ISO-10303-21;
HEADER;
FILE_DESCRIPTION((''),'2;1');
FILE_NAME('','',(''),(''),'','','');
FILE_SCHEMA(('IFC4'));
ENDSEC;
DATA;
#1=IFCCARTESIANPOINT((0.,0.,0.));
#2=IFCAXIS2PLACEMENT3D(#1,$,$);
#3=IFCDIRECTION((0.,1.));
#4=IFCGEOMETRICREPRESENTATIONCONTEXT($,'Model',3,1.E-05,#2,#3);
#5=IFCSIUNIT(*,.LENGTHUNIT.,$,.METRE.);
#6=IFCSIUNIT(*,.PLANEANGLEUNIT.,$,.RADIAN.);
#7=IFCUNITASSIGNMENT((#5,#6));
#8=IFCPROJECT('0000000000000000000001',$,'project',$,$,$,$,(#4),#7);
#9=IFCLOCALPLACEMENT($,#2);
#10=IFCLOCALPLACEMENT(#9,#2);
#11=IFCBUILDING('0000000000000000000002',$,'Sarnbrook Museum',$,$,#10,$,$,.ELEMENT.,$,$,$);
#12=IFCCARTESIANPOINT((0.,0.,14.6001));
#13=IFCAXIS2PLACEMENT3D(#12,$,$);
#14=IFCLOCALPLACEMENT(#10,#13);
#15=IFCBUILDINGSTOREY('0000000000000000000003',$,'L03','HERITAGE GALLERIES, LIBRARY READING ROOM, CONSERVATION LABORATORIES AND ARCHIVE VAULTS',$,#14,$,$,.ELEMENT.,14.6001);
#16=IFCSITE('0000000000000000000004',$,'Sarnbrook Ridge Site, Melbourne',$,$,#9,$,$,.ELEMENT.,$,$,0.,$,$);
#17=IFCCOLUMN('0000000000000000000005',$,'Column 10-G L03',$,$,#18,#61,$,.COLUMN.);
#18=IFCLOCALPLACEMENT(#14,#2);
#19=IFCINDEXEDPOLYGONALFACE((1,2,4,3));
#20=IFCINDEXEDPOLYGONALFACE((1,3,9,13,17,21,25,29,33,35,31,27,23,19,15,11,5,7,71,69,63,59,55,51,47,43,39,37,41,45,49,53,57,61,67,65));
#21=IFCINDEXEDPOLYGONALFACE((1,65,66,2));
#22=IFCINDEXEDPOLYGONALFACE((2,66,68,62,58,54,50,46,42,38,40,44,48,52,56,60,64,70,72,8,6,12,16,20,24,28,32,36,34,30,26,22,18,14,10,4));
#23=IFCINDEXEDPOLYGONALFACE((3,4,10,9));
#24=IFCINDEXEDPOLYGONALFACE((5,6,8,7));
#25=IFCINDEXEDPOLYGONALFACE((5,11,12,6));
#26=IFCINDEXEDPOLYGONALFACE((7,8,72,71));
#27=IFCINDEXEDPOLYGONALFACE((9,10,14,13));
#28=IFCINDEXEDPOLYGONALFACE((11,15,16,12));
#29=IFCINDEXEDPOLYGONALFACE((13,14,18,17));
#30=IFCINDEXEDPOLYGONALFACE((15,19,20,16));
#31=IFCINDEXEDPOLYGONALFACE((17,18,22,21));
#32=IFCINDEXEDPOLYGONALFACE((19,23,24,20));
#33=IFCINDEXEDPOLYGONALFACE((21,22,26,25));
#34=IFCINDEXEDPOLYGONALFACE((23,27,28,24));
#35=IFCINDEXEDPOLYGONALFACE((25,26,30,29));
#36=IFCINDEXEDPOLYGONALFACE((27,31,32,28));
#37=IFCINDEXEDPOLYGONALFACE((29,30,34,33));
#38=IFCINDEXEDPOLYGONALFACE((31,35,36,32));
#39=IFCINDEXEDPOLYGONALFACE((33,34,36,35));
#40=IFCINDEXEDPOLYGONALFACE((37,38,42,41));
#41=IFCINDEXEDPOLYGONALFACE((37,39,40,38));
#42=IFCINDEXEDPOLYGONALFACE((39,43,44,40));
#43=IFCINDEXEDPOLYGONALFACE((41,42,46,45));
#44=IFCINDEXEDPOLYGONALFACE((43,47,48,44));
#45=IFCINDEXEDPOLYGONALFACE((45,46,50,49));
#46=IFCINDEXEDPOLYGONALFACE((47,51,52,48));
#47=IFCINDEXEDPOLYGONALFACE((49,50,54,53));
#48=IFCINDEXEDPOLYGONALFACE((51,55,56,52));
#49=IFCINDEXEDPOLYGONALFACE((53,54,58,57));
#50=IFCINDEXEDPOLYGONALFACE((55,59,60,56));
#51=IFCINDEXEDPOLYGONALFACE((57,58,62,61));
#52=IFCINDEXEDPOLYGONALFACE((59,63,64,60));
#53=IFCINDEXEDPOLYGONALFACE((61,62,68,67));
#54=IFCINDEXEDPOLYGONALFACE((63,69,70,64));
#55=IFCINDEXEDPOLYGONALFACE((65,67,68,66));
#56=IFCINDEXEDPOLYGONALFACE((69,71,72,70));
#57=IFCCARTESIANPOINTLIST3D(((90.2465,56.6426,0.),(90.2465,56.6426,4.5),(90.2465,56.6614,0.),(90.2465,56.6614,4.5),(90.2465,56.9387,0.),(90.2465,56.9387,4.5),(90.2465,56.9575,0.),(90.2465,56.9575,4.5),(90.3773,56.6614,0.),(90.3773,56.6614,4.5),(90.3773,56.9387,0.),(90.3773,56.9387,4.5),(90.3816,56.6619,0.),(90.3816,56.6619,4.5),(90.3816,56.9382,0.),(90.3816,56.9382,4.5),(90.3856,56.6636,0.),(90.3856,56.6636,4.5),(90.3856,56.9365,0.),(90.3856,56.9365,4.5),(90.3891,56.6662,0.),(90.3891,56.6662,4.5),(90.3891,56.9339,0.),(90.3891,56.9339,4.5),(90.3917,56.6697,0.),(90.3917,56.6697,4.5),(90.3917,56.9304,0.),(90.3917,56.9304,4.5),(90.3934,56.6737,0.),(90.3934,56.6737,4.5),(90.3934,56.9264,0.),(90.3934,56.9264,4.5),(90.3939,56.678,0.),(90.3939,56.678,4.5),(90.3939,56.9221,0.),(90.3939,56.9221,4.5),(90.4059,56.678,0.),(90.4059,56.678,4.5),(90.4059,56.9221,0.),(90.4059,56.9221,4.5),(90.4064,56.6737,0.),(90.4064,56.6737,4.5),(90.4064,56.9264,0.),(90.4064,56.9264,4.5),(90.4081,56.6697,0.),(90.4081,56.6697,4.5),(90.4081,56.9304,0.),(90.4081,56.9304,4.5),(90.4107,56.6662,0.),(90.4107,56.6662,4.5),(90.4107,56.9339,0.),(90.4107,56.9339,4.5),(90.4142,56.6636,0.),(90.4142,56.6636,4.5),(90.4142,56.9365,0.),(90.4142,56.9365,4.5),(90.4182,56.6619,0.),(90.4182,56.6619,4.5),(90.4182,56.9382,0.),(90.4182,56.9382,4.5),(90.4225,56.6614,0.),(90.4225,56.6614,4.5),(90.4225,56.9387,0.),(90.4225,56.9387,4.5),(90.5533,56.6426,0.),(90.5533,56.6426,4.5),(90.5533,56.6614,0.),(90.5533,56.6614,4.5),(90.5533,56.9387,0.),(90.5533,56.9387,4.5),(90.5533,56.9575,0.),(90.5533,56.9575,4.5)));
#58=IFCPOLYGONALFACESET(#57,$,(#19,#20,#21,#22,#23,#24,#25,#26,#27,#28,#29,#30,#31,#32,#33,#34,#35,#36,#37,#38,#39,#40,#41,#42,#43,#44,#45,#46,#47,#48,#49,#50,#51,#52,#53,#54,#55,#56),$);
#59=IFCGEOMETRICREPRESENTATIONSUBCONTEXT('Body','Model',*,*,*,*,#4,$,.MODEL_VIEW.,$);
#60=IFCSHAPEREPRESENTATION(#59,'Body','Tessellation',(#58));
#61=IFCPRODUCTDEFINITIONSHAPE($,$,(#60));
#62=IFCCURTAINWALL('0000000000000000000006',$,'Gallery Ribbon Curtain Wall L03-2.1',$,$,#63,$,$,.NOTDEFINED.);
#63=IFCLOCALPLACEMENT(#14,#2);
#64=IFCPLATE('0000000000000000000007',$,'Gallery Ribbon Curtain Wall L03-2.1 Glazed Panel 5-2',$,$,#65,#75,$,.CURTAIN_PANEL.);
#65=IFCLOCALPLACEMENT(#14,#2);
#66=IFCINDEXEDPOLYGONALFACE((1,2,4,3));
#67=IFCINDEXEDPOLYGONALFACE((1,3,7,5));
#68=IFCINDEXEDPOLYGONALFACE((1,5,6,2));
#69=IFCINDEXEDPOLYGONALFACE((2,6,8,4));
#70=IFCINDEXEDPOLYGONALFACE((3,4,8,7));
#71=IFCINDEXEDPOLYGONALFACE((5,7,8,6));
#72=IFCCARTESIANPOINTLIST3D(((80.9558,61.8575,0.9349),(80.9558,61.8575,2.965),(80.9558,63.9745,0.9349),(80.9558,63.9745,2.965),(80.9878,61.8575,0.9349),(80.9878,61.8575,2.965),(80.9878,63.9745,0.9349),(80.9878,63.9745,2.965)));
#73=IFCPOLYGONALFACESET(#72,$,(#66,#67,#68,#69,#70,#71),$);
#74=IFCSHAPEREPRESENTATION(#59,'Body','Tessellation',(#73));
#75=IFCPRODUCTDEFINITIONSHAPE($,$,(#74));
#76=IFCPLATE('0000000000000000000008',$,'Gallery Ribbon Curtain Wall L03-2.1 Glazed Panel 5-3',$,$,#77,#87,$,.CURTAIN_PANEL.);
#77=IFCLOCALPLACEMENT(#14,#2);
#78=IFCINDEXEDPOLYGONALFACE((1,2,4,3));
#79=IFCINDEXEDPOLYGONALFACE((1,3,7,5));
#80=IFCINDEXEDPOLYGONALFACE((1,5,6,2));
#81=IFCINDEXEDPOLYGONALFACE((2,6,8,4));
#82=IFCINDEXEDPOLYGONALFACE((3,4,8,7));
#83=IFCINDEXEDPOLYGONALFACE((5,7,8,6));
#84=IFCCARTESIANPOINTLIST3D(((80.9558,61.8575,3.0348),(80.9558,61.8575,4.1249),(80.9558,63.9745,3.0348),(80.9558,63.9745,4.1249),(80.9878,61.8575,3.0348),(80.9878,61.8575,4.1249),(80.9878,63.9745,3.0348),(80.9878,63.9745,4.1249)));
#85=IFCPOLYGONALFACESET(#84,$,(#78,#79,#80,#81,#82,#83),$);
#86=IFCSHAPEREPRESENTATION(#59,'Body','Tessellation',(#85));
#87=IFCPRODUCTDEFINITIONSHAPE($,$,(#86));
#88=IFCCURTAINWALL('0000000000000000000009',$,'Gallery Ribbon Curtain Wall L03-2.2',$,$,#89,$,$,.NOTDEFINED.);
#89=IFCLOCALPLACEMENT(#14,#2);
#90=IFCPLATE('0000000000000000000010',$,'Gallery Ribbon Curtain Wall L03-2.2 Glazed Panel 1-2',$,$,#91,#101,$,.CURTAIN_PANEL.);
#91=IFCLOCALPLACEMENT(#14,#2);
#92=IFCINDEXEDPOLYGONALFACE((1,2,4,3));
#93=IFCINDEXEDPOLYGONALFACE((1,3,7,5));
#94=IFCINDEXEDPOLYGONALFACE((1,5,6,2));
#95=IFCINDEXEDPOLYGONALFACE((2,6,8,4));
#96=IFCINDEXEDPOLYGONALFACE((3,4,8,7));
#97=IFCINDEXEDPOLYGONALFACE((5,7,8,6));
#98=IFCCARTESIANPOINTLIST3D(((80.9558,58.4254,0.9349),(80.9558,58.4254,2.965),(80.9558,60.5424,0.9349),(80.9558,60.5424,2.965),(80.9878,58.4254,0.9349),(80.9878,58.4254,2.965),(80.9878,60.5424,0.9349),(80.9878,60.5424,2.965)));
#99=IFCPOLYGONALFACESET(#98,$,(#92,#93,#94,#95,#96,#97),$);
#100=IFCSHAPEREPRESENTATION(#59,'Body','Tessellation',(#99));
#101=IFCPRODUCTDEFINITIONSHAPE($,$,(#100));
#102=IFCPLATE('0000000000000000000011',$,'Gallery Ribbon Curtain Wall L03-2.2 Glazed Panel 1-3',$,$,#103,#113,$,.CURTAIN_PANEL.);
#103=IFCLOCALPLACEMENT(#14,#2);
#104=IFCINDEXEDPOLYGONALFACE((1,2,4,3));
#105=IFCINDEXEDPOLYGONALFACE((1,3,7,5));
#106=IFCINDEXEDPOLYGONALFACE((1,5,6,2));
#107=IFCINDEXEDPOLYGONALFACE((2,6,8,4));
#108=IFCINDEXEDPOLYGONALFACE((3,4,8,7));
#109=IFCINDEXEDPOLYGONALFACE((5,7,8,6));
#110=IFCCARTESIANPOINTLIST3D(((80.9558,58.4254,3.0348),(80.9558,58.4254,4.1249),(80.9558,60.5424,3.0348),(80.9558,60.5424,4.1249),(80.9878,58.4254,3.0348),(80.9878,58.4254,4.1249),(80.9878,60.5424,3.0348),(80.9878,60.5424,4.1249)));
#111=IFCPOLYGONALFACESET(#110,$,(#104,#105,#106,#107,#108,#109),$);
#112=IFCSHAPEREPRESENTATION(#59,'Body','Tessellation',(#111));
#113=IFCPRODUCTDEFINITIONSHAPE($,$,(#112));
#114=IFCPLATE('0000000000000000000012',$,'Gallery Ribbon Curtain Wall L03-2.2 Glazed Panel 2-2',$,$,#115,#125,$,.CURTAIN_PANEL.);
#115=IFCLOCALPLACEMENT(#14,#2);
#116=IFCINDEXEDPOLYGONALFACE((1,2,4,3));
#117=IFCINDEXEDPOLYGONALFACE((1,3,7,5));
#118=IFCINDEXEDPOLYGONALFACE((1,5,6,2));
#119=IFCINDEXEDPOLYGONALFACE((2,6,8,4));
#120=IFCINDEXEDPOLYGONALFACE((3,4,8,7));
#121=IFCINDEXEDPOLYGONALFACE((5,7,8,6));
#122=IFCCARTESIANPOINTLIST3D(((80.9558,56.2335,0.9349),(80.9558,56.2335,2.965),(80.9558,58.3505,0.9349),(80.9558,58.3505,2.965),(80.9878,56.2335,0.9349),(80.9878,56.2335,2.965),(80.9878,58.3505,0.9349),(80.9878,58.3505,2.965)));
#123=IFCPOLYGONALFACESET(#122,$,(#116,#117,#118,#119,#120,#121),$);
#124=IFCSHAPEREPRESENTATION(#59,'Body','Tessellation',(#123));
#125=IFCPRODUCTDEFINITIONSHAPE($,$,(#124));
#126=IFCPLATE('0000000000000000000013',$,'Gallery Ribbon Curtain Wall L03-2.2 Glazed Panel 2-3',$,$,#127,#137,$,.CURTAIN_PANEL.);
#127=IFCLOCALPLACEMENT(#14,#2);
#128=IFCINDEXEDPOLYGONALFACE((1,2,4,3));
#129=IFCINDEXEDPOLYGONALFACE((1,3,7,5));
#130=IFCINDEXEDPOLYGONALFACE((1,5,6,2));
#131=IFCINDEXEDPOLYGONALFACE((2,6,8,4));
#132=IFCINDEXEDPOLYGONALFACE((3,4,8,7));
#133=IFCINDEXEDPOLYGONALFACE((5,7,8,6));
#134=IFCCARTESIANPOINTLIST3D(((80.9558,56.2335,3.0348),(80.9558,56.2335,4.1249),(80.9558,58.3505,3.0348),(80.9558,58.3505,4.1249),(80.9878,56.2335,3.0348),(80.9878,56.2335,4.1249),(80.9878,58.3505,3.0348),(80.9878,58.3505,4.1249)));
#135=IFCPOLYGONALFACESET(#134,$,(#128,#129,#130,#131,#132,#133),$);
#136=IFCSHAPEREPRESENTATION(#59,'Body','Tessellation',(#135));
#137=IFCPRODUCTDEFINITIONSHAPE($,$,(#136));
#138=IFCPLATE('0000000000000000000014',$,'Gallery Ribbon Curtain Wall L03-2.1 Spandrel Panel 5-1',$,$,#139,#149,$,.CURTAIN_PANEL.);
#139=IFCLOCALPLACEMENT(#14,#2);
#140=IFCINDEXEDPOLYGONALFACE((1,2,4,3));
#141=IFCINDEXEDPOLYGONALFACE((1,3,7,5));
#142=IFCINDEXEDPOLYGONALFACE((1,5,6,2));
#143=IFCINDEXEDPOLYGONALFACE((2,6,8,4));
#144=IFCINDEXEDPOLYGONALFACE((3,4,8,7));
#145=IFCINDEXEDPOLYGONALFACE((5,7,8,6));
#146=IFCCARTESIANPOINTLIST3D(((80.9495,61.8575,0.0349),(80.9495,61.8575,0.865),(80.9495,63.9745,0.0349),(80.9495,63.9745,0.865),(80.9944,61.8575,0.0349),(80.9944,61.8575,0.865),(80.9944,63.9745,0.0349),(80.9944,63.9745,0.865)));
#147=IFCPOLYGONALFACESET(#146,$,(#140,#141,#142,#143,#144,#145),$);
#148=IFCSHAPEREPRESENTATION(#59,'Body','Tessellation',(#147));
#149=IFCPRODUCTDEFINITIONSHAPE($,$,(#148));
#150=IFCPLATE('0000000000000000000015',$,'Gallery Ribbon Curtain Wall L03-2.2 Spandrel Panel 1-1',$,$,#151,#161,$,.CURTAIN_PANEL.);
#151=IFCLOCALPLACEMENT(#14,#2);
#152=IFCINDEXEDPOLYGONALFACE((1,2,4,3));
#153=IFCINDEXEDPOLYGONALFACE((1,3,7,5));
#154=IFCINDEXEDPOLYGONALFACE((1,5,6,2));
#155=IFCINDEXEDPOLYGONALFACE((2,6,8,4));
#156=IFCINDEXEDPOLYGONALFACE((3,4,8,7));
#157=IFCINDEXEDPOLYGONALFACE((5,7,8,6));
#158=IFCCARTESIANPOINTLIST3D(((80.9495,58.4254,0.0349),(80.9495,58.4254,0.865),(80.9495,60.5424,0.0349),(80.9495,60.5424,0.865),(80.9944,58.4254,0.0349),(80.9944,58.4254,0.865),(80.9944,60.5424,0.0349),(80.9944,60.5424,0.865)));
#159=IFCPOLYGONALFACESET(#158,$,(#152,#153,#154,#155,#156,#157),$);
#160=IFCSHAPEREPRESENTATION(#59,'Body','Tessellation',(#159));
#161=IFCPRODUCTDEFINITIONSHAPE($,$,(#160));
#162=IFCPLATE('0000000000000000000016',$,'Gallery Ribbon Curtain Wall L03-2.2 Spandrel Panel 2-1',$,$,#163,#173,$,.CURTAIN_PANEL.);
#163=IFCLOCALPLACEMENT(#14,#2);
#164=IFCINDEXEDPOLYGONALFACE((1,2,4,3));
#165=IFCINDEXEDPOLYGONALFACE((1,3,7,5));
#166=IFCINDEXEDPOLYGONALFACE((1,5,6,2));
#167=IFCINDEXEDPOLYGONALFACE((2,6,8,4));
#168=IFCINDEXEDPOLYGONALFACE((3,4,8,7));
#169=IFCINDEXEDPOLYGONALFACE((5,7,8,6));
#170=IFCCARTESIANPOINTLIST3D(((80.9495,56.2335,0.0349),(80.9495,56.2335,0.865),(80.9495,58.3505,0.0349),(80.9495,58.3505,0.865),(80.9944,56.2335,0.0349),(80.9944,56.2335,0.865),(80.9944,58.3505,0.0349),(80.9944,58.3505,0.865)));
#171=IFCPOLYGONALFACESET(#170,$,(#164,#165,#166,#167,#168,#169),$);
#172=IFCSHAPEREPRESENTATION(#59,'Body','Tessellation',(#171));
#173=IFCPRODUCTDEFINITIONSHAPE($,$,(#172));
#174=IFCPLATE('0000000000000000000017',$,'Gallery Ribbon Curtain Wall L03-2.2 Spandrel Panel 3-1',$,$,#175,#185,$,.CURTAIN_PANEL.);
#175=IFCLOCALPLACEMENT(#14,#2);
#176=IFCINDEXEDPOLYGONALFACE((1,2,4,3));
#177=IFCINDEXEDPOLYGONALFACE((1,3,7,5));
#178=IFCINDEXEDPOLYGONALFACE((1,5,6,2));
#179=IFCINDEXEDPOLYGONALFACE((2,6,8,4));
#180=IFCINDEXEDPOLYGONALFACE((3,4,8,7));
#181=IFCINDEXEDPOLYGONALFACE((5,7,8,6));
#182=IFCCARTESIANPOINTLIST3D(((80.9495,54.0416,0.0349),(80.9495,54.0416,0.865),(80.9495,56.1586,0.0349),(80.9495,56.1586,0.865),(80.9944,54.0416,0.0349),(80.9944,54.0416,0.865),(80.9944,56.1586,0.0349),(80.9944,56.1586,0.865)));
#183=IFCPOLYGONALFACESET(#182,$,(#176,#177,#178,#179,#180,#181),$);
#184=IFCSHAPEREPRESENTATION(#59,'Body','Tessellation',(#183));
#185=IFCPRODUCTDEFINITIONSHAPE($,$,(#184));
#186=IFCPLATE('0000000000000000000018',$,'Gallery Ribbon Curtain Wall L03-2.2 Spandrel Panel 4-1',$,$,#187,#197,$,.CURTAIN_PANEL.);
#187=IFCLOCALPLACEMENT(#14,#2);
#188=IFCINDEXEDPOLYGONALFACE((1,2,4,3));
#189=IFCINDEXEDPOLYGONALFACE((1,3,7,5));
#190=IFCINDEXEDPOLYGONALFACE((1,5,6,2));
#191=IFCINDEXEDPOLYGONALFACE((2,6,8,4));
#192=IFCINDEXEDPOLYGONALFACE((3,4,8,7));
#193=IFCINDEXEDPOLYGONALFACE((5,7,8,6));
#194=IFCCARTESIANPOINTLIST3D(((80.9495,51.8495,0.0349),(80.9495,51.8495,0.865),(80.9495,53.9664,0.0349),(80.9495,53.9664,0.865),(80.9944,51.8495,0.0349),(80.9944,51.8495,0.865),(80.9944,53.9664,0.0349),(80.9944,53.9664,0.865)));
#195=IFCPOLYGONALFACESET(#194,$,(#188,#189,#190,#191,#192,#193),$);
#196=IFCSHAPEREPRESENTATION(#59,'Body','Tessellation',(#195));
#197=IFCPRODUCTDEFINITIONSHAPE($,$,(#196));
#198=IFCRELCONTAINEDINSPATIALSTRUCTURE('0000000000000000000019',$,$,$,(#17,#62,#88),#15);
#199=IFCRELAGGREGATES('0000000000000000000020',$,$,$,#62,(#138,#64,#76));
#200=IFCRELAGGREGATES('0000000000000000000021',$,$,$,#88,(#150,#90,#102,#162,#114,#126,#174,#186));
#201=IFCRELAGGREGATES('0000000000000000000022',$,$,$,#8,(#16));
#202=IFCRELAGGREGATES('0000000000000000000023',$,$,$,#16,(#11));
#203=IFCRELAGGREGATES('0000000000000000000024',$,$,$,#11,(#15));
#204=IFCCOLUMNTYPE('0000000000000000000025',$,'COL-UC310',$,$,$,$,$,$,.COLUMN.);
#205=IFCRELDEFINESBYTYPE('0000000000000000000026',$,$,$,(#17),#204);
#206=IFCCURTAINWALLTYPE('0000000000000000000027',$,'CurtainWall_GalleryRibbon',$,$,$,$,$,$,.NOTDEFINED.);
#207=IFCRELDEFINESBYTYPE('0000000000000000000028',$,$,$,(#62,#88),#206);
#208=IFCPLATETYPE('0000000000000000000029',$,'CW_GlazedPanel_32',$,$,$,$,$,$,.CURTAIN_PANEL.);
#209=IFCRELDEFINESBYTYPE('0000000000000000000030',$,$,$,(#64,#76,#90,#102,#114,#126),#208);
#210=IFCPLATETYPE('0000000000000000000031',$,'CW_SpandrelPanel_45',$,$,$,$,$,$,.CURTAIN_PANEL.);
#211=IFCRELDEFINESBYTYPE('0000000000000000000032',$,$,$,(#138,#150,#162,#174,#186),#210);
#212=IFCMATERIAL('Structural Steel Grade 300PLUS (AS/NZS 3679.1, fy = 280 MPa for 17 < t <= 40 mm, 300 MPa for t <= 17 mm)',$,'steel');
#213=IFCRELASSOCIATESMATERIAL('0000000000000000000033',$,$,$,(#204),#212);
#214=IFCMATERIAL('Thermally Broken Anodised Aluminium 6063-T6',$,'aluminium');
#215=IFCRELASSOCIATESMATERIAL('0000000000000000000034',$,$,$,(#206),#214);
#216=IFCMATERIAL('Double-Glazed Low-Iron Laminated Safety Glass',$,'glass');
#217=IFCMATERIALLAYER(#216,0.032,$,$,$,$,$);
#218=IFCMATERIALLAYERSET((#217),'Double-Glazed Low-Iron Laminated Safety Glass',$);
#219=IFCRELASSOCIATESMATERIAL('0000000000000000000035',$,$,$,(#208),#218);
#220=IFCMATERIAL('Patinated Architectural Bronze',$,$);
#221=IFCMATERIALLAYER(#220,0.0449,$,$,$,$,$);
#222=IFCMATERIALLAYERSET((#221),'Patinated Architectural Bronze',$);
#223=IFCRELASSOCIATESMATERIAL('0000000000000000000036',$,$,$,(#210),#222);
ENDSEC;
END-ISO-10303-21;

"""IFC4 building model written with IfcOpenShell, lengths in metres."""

from ifc_helpers import new_model, si_unit, direction, frame, origin, origin_2d, place, context, subcontext, project, spatial, rectangle, i_section, extrude, material, layer, layer_set, material_profile, profile_set, type_object, element, aggregate, save


model = new_model("IFC4")

# Units and contexts
model_context = context("Model", 3, precision=1e-05, world=origin(), true_north=direction((0.0, 1.0)))
body_context = subcontext(model_context, "Body", "Model", "MODEL_VIEW")
ifc_project = project(units=[si_unit("LENGTHUNIT", "METRE"), si_unit("PLANEANGLEUNIT", "RADIAN")], contexts=[model_context])

# Site, building, storey
site_placement = place(None, origin())
site = spatial("IfcSite", under=ifc_project, at=site_placement, Name="Sarnbrook Ridge Site, Melbourne", CompositionType="ELEMENT", RefElevation=0.0)
building_placement = place(site_placement, origin())
building = spatial("IfcBuilding", under=site, at=building_placement, Name="Sarnbrook Museum", CompositionType="ELEMENT")
storey_placement = place(building_placement, frame((0.0, 0.0, 14.6001)))
storey = spatial("IfcBuildingStorey", under=building, at=storey_placement, Name="L03", Description="HERITAGE GALLERIES, LIBRARY READING ROOM, CONSERVATION LABORATORIES AND ARCHIVE VAULTS", CompositionType="ELEMENT", Elevation=14.6001)

# Column
ifc_material_1 = material(Name="Structural Steel Grade 300PLUS (AS/NZS 3679.1, fy = 280 MPa for 17 < t <= 40 mm, 300 MPa for t <= 17 mm)", Category="steel")
ifc_material_profile = material_profile(ifc_material_1, i_section(OverallWidth=0.3069, OverallDepth=0.3149, WebThickness=0.012, FlangeThickness=0.0188, FilletRadius=0.0166, at=origin_2d()), Name="310UC118")
ifc_profile_set = profile_set([ifc_material_profile], Name="Structural Steel Grade 300PLUS (AS/NZS 3679.1, fy = 280 MPa for 17 < t <= 40 mm, 300 MPa for t <= 17 mm)")
column_type = type_object("IfcColumnType", Name="COL-UC310", PredefinedType="COLUMN", material=ifc_profile_set)
column_placement = place(storey_placement, frame((90.3999, 56.8, 0.0), z_axis=(0.0, 0.0, 1.0), x_axis=(1.0, 0.0, 0.0)))
element("IfcColumn", 1, at=column_placement, inside=storey, type_object=column_type, Name="Column 10-G L03", PredefinedType="COLUMN", context=body_context, shape_type="SweptSolid", body=[
    extrude(i_section(OverallWidth=0.3069, OverallDepth=0.3149, WebThickness=0.012, FlangeThickness=0.0188, FilletRadius=0.0166, at=origin_2d()), origin(), (0.0, 0.0, 1.0), 4.5),
])

# Curtain walls, plates
ifc_material_2 = material(Name="Thermally Broken Anodised Aluminium 6063-T6", Category="aluminium")
curtain_wall_type = type_object("IfcCurtainWallType", Name="CurtainWall_GalleryRibbon", PredefinedType="NOTDEFINED", material=ifc_material_2)
curtain_wall_1_placement = place(storey_placement, origin())
curtain_wall_1 = element("IfcCurtainWall", 2, at=curtain_wall_1_placement, inside=storey, type_object=curtain_wall_type, Name="Gallery Ribbon Curtain Wall L03-2.1", PredefinedType="NOTDEFINED")
ifc_material_3 = material(Name="Double-Glazed Low-Iron Laminated Safety Glass", Category="glass")
ifc_layer_1 = layer(ifc_material_3, 0.032)
ifc_layer_set_1 = layer_set([ifc_layer_1], Name="Double-Glazed Low-Iron Laminated Safety Glass")
plate_type_1 = type_object("IfcPlateType", Name="CW_GlazedPanel_32", PredefinedType="CURTAIN_PANEL", material=ifc_layer_set_1)
plate_1_placement = place(storey_placement, frame((80.9878, 62.916, 1.95), z_axis=(-1.0, 0.0, 0.0), x_axis=(0.0, -1.0, 0.0)))
plate_1 = element("IfcPlate", 3, at=plate_1_placement, type_object=plate_type_1, Name="Gallery Ribbon Curtain Wall L03-2.1 Glazed Panel 5-2", PredefinedType="CURTAIN_PANEL", context=body_context, shape_type="SweptSolid", body=[
    extrude(rectangle(XDim=2.1169, YDim=2.03, at=origin_2d()), origin(), (0.0, 0.0, 1.0), 0.032),
])
plate_2_placement = place(storey_placement, frame((80.9878, 62.916, 3.5798), z_axis=(-1.0, 0.0, 0.0), x_axis=(0.0, -1.0, 0.0)))
plate_2 = element("IfcPlate", 4, at=plate_2_placement, type_object=plate_type_1, Name="Gallery Ribbon Curtain Wall L03-2.1 Glazed Panel 5-3", PredefinedType="CURTAIN_PANEL", context=body_context, shape_type="SweptSolid", body=[
    extrude(rectangle(XDim=2.1169, YDim=1.0901, at=origin_2d()), origin(), (0.0, 0.0, 1.0), 0.032),
])
curtain_wall_2_placement = place(storey_placement, origin())
curtain_wall_2 = element("IfcCurtainWall", 5, at=curtain_wall_2_placement, inside=storey, type_object=curtain_wall_type, Name="Gallery Ribbon Curtain Wall L03-2.2", PredefinedType="NOTDEFINED")
plate_3_placement = place(storey_placement, frame((80.9878, 59.4839, 1.95), z_axis=(-1.0, 0.0, 0.0), x_axis=(0.0, -1.0, 0.0)))
plate_3 = element("IfcPlate", 6, at=plate_3_placement, type_object=plate_type_1, Name="Gallery Ribbon Curtain Wall L03-2.2 Glazed Panel 1-2", PredefinedType="CURTAIN_PANEL", context=body_context, shape_type="SweptSolid", body=[
    extrude(rectangle(XDim=2.1169, YDim=2.03, at=origin_2d()), origin(), (0.0, 0.0, 1.0), 0.032),
])
plate_4_placement = place(storey_placement, frame((80.9878, 59.4839, 3.5798), z_axis=(-1.0, 0.0, 0.0), x_axis=(0.0, -1.0, 0.0)))
plate_4 = element("IfcPlate", 7, at=plate_4_placement, type_object=plate_type_1, Name="Gallery Ribbon Curtain Wall L03-2.2 Glazed Panel 1-3", PredefinedType="CURTAIN_PANEL", context=body_context, shape_type="SweptSolid", body=[
    extrude(rectangle(XDim=2.1169, YDim=1.0901, at=origin_2d()), origin(), (0.0, 0.0, 1.0), 0.032),
])
plate_5_placement = place(storey_placement, frame((80.9878, 57.292, 1.95), z_axis=(-1.0, 0.0, 0.0), x_axis=(0.0, -1.0, 0.0)))
plate_5 = element("IfcPlate", 8, at=plate_5_placement, type_object=plate_type_1, Name="Gallery Ribbon Curtain Wall L03-2.2 Glazed Panel 2-2", PredefinedType="CURTAIN_PANEL", context=body_context, shape_type="SweptSolid", body=[
    extrude(rectangle(XDim=2.1169, YDim=2.03, at=origin_2d()), origin(), (0.0, 0.0, 1.0), 0.032),
])
plate_6_placement = place(storey_placement, frame((80.9878, 57.292, 3.5798), z_axis=(-1.0, 0.0, 0.0), x_axis=(0.0, -1.0, 0.0)))
plate_6 = element("IfcPlate", 9, at=plate_6_placement, type_object=plate_type_1, Name="Gallery Ribbon Curtain Wall L03-2.2 Glazed Panel 2-3", PredefinedType="CURTAIN_PANEL", context=body_context, shape_type="SweptSolid", body=[
    extrude(rectangle(XDim=2.1169, YDim=1.0901, at=origin_2d()), origin(), (0.0, 0.0, 1.0), 0.032),
])

# Plates
ifc_material_4 = material(Name="Patinated Architectural Bronze")
ifc_layer_2 = layer(ifc_material_4, 0.0449)
ifc_layer_set_2 = layer_set([ifc_layer_2], Name="Patinated Architectural Bronze")
plate_type_2 = type_object("IfcPlateType", Name="CW_SpandrelPanel_45", PredefinedType="CURTAIN_PANEL", material=ifc_layer_set_2)
plate_7_placement = place(storey_placement, frame((80.9944, 62.916, 0.45), z_axis=(-1.0, 0.0, 0.0), x_axis=(0.0, -1.0, 0.0)))
plate_7 = element("IfcPlate", 10, at=plate_7_placement, type_object=plate_type_2, Name="Gallery Ribbon Curtain Wall L03-2.1 Spandrel Panel 5-1", PredefinedType="CURTAIN_PANEL", context=body_context, shape_type="SweptSolid", body=[
    extrude(rectangle(XDim=2.1169, YDim=0.8301, at=origin_2d()), origin(), (0.0, 0.0, 1.0), 0.0449),
])
aggregate(curtain_wall_1, [plate_7, plate_1, plate_2])
plate_8_placement = place(storey_placement, frame((80.9944, 59.4839, 0.45), z_axis=(-1.0, 0.0, 0.0), x_axis=(0.0, -1.0, 0.0)))
plate_8 = element("IfcPlate", 11, at=plate_8_placement, type_object=plate_type_2, Name="Gallery Ribbon Curtain Wall L03-2.2 Spandrel Panel 1-1", PredefinedType="CURTAIN_PANEL", context=body_context, shape_type="SweptSolid", body=[
    extrude(rectangle(XDim=2.1169, YDim=0.8301, at=origin_2d()), origin(), (0.0, 0.0, 1.0), 0.0449),
])
plate_9_placement = place(storey_placement, frame((80.9944, 57.292, 0.45), z_axis=(-1.0, 0.0, 0.0), x_axis=(0.0, -1.0, 0.0)))
plate_9 = element("IfcPlate", 12, at=plate_9_placement, type_object=plate_type_2, Name="Gallery Ribbon Curtain Wall L03-2.2 Spandrel Panel 2-1", PredefinedType="CURTAIN_PANEL", context=body_context, shape_type="SweptSolid", body=[
    extrude(rectangle(XDim=2.1169, YDim=0.8301, at=origin_2d()), origin(), (0.0, 0.0, 1.0), 0.0449),
])
plate_10_placement = place(storey_placement, frame((80.9944, 55.1001, 0.45), z_axis=(-1.0, 0.0, 0.0), x_axis=(0.0, -1.0, 0.0)))
plate_10 = element("IfcPlate", 13, at=plate_10_placement, type_object=plate_type_2, Name="Gallery Ribbon Curtain Wall L03-2.2 Spandrel Panel 3-1", PredefinedType="CURTAIN_PANEL", context=body_context, shape_type="SweptSolid", body=[
    extrude(rectangle(XDim=2.1169, YDim=0.8301, at=origin_2d()), origin(), (0.0, 0.0, 1.0), 0.0449),
])
plate_11_placement = place(storey_placement, frame((80.9944, 52.908, 0.45), z_axis=(-1.0, 0.0, 0.0), x_axis=(0.0, -1.0, 0.0)))
plate_11 = element("IfcPlate", 14, at=plate_11_placement, type_object=plate_type_2, Name="Gallery Ribbon Curtain Wall L03-2.2 Spandrel Panel 4-1", PredefinedType="CURTAIN_PANEL", context=body_context, shape_type="SweptSolid", body=[
    extrude(rectangle(XDim=2.1169, YDim=0.8301, at=origin_2d()), origin(), (0.0, 0.0, 1.0), 0.0449),
])
aggregate(curtain_wall_2, [plate_8, plate_3, plate_4, plate_9, plate_5, plate_6, plate_10, plate_11])

save(model, "model.ifc")
